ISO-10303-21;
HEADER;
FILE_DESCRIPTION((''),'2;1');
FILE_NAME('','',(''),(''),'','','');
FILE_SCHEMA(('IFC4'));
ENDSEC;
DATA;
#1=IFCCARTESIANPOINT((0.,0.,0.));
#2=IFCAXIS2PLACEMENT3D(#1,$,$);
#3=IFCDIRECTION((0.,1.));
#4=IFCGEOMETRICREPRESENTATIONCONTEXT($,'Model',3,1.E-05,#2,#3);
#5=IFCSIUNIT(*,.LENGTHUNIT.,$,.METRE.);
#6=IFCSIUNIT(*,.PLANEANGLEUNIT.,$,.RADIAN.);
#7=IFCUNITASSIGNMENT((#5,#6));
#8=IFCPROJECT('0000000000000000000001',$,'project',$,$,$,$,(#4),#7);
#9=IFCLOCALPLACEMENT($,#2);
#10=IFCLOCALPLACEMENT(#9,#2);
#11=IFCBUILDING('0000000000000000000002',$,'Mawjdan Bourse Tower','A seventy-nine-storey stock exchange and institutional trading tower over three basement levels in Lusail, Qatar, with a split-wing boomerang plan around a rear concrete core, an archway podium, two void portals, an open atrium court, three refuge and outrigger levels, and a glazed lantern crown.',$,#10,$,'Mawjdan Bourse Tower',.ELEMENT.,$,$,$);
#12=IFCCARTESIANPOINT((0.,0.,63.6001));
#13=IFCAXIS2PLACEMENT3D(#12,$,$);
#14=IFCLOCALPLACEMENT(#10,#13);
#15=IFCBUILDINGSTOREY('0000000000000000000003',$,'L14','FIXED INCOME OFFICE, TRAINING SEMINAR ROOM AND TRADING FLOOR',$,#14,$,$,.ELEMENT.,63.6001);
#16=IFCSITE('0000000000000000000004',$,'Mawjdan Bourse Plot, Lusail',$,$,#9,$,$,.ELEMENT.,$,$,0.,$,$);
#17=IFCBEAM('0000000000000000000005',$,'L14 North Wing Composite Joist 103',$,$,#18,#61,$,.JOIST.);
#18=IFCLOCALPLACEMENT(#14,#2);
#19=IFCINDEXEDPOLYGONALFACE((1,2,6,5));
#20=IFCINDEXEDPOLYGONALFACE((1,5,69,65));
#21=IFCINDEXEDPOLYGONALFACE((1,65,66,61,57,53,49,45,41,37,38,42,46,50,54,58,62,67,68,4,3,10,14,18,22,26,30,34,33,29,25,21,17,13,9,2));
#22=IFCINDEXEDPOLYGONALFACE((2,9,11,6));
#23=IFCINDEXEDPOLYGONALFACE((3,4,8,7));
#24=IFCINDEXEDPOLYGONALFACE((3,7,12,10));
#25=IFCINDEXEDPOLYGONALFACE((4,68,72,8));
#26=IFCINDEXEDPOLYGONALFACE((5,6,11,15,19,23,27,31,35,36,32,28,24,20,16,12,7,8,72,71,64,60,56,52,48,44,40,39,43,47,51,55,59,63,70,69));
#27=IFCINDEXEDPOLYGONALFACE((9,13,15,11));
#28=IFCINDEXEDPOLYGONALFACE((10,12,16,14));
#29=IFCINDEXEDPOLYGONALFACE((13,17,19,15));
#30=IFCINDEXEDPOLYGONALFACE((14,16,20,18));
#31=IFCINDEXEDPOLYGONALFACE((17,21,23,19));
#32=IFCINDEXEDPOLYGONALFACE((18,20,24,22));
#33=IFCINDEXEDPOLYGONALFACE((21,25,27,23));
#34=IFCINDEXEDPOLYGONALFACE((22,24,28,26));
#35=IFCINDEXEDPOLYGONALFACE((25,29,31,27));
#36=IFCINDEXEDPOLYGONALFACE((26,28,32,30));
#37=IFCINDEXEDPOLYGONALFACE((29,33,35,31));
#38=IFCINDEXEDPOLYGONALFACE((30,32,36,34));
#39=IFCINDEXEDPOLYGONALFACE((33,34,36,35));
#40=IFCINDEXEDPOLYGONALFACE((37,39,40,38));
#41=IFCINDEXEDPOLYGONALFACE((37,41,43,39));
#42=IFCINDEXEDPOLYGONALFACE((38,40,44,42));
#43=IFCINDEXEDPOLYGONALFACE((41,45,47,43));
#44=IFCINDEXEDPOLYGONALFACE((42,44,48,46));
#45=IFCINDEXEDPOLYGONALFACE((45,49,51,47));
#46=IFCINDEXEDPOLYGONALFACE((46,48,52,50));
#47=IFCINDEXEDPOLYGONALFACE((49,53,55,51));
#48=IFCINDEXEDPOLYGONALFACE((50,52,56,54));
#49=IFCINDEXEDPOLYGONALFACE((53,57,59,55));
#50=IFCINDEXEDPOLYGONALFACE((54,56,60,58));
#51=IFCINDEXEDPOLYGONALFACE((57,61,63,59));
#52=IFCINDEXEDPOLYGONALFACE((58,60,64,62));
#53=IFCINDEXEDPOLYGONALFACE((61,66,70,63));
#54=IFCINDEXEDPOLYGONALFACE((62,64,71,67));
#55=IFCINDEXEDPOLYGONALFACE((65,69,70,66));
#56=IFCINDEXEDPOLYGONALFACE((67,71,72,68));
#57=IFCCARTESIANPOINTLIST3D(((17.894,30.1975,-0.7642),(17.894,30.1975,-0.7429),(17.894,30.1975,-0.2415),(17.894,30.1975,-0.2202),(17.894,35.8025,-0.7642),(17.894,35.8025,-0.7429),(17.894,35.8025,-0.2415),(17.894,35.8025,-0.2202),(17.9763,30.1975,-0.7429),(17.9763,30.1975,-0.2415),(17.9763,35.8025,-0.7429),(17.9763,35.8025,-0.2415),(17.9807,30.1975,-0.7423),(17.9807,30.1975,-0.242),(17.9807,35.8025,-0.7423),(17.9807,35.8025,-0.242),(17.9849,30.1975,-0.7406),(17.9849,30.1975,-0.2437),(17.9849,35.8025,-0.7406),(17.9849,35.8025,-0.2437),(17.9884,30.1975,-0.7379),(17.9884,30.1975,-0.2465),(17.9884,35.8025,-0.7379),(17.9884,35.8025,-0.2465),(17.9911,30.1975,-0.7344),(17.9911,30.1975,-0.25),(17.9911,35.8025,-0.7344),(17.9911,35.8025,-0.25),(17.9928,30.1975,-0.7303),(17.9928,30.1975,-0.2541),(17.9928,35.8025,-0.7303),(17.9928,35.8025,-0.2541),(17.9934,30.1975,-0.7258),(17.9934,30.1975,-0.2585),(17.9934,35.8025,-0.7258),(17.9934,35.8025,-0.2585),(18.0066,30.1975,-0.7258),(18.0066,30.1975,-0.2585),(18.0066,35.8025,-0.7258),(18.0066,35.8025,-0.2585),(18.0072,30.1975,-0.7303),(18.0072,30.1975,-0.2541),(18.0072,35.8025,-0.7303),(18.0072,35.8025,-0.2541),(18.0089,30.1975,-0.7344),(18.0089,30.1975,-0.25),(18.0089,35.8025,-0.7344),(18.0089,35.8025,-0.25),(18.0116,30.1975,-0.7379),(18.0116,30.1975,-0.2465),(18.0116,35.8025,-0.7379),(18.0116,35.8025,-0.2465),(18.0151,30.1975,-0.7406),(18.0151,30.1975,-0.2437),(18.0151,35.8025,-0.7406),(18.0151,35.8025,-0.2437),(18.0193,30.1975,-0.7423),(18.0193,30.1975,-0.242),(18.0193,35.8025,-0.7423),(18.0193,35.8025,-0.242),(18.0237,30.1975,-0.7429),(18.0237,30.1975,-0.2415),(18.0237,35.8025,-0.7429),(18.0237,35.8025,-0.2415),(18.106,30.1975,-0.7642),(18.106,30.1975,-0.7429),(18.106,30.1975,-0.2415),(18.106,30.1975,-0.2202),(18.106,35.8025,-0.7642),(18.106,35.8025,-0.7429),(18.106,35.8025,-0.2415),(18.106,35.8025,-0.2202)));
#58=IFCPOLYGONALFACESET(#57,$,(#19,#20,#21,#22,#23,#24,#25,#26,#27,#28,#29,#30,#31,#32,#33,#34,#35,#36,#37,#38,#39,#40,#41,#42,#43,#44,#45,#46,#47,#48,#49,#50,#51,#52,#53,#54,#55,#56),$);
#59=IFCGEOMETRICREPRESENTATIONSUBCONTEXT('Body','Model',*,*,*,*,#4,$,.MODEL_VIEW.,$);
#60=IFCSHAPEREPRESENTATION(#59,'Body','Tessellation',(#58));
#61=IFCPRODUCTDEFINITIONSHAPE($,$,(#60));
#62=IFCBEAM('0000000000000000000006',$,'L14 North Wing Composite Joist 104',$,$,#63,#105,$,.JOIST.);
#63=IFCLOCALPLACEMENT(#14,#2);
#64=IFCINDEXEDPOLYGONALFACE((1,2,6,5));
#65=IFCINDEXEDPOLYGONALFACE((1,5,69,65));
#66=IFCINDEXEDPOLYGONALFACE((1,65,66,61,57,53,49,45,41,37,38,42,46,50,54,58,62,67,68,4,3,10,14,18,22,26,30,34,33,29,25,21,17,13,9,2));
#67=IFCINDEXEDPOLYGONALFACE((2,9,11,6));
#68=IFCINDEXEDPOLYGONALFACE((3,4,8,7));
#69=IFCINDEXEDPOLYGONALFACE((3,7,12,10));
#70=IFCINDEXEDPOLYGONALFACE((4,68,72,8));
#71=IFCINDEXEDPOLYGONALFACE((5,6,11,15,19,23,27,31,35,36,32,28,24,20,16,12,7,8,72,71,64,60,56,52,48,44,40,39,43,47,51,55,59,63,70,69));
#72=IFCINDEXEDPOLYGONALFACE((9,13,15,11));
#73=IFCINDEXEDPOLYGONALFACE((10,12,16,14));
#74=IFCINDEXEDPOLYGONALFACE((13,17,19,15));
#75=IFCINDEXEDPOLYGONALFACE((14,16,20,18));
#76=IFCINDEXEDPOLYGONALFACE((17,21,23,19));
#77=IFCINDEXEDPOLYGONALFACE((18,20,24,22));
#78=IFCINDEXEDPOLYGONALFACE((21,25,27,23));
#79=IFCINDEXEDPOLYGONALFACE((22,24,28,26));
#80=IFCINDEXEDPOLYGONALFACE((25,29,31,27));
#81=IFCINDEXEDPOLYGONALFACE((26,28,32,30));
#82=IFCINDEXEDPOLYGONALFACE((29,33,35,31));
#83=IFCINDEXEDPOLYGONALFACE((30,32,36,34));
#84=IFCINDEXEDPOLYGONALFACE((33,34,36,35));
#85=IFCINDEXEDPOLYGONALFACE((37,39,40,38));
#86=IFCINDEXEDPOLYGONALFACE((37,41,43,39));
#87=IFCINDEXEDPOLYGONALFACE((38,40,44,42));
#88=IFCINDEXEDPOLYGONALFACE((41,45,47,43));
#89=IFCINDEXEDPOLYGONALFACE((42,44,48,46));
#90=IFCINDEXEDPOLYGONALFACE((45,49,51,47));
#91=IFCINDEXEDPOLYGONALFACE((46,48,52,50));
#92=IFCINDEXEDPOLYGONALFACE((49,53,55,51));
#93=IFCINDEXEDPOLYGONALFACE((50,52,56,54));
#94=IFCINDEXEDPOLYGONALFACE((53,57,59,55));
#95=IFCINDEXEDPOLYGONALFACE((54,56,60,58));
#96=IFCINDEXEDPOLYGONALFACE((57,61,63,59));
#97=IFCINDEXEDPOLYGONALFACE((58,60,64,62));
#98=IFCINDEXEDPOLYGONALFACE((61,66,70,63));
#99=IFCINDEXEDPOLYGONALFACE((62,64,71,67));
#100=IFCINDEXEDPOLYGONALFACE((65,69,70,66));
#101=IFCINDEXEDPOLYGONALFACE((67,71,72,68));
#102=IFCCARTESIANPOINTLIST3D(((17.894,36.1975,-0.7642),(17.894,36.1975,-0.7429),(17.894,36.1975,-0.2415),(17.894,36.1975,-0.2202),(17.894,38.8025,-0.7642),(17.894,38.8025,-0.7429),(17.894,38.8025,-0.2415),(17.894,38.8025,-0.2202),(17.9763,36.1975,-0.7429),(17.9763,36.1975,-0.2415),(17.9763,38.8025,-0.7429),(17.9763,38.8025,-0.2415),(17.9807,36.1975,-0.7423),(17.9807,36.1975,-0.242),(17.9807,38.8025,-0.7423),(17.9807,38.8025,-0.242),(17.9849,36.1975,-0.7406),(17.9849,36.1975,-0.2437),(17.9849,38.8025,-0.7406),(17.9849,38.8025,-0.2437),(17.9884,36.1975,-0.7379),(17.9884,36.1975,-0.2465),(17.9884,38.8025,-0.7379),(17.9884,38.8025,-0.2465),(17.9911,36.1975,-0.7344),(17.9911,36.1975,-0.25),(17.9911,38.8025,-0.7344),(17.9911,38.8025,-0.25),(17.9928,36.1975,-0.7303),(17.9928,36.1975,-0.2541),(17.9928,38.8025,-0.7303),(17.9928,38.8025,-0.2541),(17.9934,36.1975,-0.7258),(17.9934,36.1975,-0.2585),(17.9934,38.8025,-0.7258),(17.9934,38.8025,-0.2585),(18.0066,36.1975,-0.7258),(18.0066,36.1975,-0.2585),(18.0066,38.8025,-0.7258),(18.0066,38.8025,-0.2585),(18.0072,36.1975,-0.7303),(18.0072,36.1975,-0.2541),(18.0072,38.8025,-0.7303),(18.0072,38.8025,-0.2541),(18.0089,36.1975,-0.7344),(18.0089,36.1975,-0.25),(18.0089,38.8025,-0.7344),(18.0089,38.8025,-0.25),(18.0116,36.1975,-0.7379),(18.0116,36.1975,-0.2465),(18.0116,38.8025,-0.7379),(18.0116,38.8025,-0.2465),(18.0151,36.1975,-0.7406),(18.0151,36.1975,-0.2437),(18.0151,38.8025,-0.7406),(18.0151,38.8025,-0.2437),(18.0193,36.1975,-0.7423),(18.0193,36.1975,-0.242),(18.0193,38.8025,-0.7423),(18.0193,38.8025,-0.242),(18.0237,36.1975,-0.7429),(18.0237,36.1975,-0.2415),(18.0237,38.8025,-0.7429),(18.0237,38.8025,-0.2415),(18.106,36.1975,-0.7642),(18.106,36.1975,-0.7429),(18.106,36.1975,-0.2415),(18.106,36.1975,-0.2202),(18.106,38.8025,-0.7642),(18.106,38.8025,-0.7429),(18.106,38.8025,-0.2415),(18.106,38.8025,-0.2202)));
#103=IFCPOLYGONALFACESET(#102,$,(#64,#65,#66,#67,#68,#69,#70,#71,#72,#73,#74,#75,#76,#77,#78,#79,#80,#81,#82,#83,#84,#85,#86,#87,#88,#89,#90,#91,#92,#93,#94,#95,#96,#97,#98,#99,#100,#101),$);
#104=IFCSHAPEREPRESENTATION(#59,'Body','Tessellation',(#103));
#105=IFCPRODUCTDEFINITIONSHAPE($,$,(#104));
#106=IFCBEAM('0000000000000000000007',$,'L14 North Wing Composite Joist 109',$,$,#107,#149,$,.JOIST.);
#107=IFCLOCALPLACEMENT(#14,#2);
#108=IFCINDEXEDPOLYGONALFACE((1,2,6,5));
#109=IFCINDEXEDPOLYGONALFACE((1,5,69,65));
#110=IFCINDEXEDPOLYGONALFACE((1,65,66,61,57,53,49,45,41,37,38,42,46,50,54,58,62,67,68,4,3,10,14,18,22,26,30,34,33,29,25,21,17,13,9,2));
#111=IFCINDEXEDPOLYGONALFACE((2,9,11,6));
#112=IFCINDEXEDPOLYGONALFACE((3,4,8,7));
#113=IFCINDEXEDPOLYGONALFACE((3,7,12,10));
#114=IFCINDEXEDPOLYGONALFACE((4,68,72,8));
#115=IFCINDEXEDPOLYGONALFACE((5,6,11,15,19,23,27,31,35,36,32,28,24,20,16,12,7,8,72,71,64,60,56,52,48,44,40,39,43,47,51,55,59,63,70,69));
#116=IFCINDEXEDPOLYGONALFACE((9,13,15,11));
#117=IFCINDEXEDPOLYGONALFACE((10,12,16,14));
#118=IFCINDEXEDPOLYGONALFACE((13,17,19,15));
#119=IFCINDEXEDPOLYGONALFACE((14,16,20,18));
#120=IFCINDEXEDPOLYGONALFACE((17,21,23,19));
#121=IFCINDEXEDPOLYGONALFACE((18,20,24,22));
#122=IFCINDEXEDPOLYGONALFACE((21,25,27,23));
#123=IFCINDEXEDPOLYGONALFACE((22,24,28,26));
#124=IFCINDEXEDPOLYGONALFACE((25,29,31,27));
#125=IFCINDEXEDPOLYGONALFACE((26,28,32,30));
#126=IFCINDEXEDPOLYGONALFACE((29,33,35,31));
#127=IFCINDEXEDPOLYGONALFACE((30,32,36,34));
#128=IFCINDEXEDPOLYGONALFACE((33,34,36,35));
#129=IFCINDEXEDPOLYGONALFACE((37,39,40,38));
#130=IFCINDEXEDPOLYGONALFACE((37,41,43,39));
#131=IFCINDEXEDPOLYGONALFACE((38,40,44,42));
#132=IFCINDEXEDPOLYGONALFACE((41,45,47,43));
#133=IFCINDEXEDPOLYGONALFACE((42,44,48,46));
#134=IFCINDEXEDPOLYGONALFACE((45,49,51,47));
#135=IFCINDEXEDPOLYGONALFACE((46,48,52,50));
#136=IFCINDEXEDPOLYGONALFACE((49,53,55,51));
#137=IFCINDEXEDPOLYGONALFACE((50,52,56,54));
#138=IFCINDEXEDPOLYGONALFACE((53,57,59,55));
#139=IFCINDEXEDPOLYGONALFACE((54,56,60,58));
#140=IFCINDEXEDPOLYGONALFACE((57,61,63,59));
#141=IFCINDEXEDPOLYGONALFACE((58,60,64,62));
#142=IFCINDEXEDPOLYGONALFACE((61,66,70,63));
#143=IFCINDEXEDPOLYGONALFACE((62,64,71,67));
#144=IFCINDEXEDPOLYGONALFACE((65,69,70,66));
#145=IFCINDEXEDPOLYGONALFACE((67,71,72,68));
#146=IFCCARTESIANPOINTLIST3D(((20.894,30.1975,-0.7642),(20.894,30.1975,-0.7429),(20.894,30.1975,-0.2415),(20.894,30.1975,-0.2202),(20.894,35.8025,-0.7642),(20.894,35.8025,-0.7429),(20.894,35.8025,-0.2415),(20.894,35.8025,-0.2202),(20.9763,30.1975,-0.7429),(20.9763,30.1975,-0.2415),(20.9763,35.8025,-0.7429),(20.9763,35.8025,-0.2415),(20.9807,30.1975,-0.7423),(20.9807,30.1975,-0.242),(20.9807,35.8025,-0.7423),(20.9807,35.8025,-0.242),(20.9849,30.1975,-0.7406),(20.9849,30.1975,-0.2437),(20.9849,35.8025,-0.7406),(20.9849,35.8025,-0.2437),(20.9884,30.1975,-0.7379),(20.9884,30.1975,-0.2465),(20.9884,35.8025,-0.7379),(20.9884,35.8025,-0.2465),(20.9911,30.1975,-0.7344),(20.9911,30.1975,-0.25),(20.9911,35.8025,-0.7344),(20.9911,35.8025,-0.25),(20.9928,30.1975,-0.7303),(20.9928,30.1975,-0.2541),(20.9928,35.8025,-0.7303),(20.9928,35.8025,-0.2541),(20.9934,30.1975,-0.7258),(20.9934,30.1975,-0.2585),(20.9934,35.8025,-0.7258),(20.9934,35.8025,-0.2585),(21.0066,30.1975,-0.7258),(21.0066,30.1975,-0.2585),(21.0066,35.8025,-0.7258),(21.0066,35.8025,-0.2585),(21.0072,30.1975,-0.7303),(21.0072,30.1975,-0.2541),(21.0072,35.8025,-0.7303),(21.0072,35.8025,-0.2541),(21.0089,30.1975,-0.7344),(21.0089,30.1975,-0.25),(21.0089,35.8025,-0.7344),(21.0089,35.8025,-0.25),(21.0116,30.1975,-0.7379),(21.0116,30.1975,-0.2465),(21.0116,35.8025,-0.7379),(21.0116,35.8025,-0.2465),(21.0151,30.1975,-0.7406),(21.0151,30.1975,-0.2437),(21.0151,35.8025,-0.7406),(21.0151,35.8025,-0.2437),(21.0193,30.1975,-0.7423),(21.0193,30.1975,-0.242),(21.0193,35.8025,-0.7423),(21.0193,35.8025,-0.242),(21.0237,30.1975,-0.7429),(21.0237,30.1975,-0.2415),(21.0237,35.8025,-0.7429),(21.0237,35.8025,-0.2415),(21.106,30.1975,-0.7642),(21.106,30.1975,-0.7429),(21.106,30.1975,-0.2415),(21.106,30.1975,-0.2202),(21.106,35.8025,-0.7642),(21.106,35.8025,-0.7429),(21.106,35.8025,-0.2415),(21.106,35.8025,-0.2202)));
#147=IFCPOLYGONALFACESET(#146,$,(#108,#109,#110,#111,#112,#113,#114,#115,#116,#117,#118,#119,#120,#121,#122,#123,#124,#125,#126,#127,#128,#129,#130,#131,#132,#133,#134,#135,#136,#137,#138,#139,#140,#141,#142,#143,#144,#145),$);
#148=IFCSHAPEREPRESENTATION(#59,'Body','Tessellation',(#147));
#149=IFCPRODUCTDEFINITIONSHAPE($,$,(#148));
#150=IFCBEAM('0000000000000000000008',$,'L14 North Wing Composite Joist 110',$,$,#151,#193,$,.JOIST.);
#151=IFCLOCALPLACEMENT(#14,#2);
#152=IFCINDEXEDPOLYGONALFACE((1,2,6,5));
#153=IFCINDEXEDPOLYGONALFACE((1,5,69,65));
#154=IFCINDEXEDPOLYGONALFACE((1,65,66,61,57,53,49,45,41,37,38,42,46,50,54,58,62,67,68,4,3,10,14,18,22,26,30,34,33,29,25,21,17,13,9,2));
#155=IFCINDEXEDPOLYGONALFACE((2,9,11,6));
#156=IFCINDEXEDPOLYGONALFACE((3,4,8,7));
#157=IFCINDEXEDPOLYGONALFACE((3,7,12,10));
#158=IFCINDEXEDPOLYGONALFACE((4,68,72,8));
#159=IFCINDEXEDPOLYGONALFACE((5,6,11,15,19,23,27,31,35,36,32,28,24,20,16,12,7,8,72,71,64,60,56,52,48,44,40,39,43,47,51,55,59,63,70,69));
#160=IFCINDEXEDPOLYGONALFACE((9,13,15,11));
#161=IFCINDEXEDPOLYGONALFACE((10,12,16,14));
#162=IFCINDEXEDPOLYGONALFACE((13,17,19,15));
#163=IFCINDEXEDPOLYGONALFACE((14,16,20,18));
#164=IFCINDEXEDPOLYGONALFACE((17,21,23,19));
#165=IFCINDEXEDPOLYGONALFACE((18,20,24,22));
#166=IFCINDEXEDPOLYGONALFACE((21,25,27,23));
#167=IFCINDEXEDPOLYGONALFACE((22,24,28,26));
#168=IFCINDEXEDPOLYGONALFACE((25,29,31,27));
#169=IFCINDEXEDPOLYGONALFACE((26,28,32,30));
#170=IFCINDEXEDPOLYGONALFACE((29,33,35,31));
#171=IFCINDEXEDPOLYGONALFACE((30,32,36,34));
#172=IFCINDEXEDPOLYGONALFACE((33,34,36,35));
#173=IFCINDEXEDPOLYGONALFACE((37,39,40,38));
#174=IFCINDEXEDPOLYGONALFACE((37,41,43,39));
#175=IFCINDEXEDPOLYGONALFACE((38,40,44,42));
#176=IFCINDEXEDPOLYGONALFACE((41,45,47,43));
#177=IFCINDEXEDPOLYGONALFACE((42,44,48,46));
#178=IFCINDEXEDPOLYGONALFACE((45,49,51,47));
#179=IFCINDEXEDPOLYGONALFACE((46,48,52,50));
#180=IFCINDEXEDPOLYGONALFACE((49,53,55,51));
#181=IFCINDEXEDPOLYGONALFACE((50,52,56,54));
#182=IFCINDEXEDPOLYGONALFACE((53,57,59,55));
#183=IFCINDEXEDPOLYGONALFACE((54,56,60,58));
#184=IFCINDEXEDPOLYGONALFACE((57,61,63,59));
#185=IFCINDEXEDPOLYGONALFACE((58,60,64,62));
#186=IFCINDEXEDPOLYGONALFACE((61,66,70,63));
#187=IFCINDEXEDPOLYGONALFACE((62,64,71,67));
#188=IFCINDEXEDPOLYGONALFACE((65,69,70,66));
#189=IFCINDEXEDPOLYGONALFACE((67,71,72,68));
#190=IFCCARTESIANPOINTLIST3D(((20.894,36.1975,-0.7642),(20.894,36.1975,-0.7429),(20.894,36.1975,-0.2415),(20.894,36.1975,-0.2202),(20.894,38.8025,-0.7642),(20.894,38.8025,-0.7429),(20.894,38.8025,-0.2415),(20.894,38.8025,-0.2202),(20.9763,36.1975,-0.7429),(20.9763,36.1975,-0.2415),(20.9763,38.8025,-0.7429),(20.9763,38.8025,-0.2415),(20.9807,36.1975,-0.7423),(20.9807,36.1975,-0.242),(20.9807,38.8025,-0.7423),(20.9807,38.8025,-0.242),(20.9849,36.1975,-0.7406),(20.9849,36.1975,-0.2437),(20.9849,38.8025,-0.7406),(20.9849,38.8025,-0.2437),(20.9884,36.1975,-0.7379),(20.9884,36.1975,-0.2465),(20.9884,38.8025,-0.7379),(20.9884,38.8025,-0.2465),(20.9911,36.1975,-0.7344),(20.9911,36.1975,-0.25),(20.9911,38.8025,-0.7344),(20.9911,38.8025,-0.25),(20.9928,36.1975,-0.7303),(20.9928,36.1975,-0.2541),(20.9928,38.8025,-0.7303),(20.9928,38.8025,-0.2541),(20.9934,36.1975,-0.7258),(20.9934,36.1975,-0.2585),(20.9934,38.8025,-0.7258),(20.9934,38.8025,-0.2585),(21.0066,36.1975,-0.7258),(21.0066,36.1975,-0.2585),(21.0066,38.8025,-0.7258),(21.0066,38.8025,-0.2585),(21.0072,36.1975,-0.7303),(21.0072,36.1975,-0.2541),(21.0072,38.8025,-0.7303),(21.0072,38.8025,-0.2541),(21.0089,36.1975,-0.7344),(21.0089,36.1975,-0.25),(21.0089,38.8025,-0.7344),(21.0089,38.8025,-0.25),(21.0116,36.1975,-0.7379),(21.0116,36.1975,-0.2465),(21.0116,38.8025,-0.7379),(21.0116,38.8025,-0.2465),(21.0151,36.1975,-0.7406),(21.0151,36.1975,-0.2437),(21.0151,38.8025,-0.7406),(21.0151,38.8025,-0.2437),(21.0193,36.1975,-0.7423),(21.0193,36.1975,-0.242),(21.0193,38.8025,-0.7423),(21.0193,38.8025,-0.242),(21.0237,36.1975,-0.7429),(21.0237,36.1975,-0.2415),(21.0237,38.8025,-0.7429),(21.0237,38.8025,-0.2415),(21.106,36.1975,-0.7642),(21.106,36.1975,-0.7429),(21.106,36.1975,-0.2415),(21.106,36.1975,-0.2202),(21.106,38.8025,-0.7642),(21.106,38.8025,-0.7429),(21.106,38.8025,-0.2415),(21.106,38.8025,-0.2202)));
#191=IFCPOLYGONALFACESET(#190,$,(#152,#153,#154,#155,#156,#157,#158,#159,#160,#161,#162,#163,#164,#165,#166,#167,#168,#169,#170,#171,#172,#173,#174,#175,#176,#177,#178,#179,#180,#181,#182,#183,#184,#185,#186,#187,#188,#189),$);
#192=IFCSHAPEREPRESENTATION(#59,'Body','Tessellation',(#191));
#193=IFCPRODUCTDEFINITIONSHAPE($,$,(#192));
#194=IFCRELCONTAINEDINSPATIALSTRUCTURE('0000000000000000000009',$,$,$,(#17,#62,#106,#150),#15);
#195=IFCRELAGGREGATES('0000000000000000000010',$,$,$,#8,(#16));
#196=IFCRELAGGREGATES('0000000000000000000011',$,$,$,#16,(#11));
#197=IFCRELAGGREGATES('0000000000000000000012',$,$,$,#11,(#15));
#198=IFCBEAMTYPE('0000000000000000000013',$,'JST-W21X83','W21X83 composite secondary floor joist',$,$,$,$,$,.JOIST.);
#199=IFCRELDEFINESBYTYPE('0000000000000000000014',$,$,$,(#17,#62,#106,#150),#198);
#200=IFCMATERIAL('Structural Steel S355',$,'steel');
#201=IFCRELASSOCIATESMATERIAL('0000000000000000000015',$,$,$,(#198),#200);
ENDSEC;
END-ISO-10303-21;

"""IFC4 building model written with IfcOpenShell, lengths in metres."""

from ifc_helpers import new_model, si_unit, direction, frame, origin, origin_2d, place, context, subcontext, project, spatial, i_section, extrude, material, material_profile, profile_set, type_object, element, save


model = new_model("IFC4")

# Units and contexts
model_context = context("Model", 3, precision=1e-05, world=origin(), true_north=direction((0.0, 1.0)))
body_context = subcontext(model_context, "Body", "Model", "MODEL_VIEW")
ifc_project = project(units=[si_unit("LENGTHUNIT", "METRE"), si_unit("PLANEANGLEUNIT", "RADIAN")], contexts=[model_context])

# Site, building, storey
site_placement = place(None, origin())
site = spatial("IfcSite", under=ifc_project, at=site_placement, Name="Mawjdan Bourse Plot, Lusail", CompositionType="ELEMENT", RefElevation=0.0)
building_placement = place(site_placement, origin())
building = spatial("IfcBuilding", under=site, at=building_placement, Name="Mawjdan Bourse Tower", Description="A seventy-nine-storey stock exchange and institutional trading tower over three basement levels in Lusail, Qatar, with a split-wing boomerang plan around a rear concrete core, an archway podium, two void portals, an open atrium court, three refuge and outrigger levels, and a glazed lantern crown.", LongName="Mawjdan Bourse Tower", CompositionType="ELEMENT")
storey_placement = place(building_placement, frame((0.0, 0.0, 63.6001)))
storey = spatial("IfcBuildingStorey", under=building, at=storey_placement, Name="L14", Description="FIXED INCOME OFFICE, TRAINING SEMINAR ROOM AND TRADING FLOOR", CompositionType="ELEMENT", Elevation=63.6001)

# Beams
ifc_material_1 = material(Name="Structural Steel S355", Category="steel")
ifc_material_profile_1 = material_profile(ifc_material_1, i_section(OverallWidth=0.2119, OverallDepth=0.5439, WebThickness=0.0132, FlangeThickness=0.0212, FilletRadius=0.0171, at=origin_2d()), Name="W21X83")
ifc_profile_set_1 = profile_set([ifc_material_profile_1], Name="Structural Steel S355")
beam_type_1 = type_object("IfcBeamType", Name="JST-W21X83", Description="W21X83 composite secondary floor joist", PredefinedType="JOIST", material=ifc_profile_set_1)
beam_1_placement = place(storey_placement, frame((18.0, 30.1975, -0.4922), z_axis=(0.0, 1.0, 0.0), x_axis=(-1.0, 0.0, 0.0)))
element("IfcBeam", 1, at=beam_1_placement, inside=storey, type_object=beam_type_1, Name="L14 North Wing Composite Joist 103", PredefinedType="JOIST", context=body_context, shape_type="SweptSolid", body=[
    extrude(i_section(OverallWidth=0.2119, OverallDepth=0.5439, WebThickness=0.0132, FlangeThickness=0.0212, FilletRadius=0.0171, at=origin_2d()), origin(), (0.0, 0.0, 1.0), 5.605),
])
beam_2_placement = place(storey_placement, frame((18.0, 36.1975, -0.4922), z_axis=(0.0, 1.0, 0.0), x_axis=(-1.0, 0.0, 0.0)))
element("IfcBeam", 2, at=beam_2_placement, inside=storey, type_object=beam_type_1, Name="L14 North Wing Composite Joist 104", PredefinedType="JOIST", context=body_context, shape_type="SweptSolid", body=[
    extrude(i_section(OverallWidth=0.2119, OverallDepth=0.5439, WebThickness=0.0132, FlangeThickness=0.0212, FilletRadius=0.0171, at=origin_2d()), origin(), (0.0, 0.0, 1.0), 2.605),
])
beam_3_placement = place(storey_placement, frame((21.0, 30.1975, -0.4922), z_axis=(0.0, 1.0, 0.0), x_axis=(-1.0, 0.0, 0.0)))
element("IfcBeam", 3, at=beam_3_placement, inside=storey, type_object=beam_type_1, Name="L14 North Wing Composite Joist 109", PredefinedType="JOIST", context=body_context, shape_type="SweptSolid", body=[
    extrude(i_section(OverallWidth=0.2119, OverallDepth=0.5439, WebThickness=0.0132, FlangeThickness=0.0212, FilletRadius=0.0171, at=origin_2d()), origin(), (0.0, 0.0, 1.0), 5.605),
])
beam_4_placement = place(storey_placement, frame((21.0, 36.1975, -0.4922), z_axis=(0.0, 1.0, 0.0), x_axis=(-1.0, 0.0, 0.0)))
element("IfcBeam", 4, at=beam_4_placement, inside=storey, type_object=beam_type_1, Name="L14 North Wing Composite Joist 110", PredefinedType="JOIST", context=body_context, shape_type="SweptSolid", body=[
    extrude(i_section(OverallWidth=0.2119, OverallDepth=0.5439, WebThickness=0.0132, FlangeThickness=0.0212, FilletRadius=0.0171, at=origin_2d()), origin(), (0.0, 0.0, 1.0), 2.605),
])

save(model, "model.ifc")
